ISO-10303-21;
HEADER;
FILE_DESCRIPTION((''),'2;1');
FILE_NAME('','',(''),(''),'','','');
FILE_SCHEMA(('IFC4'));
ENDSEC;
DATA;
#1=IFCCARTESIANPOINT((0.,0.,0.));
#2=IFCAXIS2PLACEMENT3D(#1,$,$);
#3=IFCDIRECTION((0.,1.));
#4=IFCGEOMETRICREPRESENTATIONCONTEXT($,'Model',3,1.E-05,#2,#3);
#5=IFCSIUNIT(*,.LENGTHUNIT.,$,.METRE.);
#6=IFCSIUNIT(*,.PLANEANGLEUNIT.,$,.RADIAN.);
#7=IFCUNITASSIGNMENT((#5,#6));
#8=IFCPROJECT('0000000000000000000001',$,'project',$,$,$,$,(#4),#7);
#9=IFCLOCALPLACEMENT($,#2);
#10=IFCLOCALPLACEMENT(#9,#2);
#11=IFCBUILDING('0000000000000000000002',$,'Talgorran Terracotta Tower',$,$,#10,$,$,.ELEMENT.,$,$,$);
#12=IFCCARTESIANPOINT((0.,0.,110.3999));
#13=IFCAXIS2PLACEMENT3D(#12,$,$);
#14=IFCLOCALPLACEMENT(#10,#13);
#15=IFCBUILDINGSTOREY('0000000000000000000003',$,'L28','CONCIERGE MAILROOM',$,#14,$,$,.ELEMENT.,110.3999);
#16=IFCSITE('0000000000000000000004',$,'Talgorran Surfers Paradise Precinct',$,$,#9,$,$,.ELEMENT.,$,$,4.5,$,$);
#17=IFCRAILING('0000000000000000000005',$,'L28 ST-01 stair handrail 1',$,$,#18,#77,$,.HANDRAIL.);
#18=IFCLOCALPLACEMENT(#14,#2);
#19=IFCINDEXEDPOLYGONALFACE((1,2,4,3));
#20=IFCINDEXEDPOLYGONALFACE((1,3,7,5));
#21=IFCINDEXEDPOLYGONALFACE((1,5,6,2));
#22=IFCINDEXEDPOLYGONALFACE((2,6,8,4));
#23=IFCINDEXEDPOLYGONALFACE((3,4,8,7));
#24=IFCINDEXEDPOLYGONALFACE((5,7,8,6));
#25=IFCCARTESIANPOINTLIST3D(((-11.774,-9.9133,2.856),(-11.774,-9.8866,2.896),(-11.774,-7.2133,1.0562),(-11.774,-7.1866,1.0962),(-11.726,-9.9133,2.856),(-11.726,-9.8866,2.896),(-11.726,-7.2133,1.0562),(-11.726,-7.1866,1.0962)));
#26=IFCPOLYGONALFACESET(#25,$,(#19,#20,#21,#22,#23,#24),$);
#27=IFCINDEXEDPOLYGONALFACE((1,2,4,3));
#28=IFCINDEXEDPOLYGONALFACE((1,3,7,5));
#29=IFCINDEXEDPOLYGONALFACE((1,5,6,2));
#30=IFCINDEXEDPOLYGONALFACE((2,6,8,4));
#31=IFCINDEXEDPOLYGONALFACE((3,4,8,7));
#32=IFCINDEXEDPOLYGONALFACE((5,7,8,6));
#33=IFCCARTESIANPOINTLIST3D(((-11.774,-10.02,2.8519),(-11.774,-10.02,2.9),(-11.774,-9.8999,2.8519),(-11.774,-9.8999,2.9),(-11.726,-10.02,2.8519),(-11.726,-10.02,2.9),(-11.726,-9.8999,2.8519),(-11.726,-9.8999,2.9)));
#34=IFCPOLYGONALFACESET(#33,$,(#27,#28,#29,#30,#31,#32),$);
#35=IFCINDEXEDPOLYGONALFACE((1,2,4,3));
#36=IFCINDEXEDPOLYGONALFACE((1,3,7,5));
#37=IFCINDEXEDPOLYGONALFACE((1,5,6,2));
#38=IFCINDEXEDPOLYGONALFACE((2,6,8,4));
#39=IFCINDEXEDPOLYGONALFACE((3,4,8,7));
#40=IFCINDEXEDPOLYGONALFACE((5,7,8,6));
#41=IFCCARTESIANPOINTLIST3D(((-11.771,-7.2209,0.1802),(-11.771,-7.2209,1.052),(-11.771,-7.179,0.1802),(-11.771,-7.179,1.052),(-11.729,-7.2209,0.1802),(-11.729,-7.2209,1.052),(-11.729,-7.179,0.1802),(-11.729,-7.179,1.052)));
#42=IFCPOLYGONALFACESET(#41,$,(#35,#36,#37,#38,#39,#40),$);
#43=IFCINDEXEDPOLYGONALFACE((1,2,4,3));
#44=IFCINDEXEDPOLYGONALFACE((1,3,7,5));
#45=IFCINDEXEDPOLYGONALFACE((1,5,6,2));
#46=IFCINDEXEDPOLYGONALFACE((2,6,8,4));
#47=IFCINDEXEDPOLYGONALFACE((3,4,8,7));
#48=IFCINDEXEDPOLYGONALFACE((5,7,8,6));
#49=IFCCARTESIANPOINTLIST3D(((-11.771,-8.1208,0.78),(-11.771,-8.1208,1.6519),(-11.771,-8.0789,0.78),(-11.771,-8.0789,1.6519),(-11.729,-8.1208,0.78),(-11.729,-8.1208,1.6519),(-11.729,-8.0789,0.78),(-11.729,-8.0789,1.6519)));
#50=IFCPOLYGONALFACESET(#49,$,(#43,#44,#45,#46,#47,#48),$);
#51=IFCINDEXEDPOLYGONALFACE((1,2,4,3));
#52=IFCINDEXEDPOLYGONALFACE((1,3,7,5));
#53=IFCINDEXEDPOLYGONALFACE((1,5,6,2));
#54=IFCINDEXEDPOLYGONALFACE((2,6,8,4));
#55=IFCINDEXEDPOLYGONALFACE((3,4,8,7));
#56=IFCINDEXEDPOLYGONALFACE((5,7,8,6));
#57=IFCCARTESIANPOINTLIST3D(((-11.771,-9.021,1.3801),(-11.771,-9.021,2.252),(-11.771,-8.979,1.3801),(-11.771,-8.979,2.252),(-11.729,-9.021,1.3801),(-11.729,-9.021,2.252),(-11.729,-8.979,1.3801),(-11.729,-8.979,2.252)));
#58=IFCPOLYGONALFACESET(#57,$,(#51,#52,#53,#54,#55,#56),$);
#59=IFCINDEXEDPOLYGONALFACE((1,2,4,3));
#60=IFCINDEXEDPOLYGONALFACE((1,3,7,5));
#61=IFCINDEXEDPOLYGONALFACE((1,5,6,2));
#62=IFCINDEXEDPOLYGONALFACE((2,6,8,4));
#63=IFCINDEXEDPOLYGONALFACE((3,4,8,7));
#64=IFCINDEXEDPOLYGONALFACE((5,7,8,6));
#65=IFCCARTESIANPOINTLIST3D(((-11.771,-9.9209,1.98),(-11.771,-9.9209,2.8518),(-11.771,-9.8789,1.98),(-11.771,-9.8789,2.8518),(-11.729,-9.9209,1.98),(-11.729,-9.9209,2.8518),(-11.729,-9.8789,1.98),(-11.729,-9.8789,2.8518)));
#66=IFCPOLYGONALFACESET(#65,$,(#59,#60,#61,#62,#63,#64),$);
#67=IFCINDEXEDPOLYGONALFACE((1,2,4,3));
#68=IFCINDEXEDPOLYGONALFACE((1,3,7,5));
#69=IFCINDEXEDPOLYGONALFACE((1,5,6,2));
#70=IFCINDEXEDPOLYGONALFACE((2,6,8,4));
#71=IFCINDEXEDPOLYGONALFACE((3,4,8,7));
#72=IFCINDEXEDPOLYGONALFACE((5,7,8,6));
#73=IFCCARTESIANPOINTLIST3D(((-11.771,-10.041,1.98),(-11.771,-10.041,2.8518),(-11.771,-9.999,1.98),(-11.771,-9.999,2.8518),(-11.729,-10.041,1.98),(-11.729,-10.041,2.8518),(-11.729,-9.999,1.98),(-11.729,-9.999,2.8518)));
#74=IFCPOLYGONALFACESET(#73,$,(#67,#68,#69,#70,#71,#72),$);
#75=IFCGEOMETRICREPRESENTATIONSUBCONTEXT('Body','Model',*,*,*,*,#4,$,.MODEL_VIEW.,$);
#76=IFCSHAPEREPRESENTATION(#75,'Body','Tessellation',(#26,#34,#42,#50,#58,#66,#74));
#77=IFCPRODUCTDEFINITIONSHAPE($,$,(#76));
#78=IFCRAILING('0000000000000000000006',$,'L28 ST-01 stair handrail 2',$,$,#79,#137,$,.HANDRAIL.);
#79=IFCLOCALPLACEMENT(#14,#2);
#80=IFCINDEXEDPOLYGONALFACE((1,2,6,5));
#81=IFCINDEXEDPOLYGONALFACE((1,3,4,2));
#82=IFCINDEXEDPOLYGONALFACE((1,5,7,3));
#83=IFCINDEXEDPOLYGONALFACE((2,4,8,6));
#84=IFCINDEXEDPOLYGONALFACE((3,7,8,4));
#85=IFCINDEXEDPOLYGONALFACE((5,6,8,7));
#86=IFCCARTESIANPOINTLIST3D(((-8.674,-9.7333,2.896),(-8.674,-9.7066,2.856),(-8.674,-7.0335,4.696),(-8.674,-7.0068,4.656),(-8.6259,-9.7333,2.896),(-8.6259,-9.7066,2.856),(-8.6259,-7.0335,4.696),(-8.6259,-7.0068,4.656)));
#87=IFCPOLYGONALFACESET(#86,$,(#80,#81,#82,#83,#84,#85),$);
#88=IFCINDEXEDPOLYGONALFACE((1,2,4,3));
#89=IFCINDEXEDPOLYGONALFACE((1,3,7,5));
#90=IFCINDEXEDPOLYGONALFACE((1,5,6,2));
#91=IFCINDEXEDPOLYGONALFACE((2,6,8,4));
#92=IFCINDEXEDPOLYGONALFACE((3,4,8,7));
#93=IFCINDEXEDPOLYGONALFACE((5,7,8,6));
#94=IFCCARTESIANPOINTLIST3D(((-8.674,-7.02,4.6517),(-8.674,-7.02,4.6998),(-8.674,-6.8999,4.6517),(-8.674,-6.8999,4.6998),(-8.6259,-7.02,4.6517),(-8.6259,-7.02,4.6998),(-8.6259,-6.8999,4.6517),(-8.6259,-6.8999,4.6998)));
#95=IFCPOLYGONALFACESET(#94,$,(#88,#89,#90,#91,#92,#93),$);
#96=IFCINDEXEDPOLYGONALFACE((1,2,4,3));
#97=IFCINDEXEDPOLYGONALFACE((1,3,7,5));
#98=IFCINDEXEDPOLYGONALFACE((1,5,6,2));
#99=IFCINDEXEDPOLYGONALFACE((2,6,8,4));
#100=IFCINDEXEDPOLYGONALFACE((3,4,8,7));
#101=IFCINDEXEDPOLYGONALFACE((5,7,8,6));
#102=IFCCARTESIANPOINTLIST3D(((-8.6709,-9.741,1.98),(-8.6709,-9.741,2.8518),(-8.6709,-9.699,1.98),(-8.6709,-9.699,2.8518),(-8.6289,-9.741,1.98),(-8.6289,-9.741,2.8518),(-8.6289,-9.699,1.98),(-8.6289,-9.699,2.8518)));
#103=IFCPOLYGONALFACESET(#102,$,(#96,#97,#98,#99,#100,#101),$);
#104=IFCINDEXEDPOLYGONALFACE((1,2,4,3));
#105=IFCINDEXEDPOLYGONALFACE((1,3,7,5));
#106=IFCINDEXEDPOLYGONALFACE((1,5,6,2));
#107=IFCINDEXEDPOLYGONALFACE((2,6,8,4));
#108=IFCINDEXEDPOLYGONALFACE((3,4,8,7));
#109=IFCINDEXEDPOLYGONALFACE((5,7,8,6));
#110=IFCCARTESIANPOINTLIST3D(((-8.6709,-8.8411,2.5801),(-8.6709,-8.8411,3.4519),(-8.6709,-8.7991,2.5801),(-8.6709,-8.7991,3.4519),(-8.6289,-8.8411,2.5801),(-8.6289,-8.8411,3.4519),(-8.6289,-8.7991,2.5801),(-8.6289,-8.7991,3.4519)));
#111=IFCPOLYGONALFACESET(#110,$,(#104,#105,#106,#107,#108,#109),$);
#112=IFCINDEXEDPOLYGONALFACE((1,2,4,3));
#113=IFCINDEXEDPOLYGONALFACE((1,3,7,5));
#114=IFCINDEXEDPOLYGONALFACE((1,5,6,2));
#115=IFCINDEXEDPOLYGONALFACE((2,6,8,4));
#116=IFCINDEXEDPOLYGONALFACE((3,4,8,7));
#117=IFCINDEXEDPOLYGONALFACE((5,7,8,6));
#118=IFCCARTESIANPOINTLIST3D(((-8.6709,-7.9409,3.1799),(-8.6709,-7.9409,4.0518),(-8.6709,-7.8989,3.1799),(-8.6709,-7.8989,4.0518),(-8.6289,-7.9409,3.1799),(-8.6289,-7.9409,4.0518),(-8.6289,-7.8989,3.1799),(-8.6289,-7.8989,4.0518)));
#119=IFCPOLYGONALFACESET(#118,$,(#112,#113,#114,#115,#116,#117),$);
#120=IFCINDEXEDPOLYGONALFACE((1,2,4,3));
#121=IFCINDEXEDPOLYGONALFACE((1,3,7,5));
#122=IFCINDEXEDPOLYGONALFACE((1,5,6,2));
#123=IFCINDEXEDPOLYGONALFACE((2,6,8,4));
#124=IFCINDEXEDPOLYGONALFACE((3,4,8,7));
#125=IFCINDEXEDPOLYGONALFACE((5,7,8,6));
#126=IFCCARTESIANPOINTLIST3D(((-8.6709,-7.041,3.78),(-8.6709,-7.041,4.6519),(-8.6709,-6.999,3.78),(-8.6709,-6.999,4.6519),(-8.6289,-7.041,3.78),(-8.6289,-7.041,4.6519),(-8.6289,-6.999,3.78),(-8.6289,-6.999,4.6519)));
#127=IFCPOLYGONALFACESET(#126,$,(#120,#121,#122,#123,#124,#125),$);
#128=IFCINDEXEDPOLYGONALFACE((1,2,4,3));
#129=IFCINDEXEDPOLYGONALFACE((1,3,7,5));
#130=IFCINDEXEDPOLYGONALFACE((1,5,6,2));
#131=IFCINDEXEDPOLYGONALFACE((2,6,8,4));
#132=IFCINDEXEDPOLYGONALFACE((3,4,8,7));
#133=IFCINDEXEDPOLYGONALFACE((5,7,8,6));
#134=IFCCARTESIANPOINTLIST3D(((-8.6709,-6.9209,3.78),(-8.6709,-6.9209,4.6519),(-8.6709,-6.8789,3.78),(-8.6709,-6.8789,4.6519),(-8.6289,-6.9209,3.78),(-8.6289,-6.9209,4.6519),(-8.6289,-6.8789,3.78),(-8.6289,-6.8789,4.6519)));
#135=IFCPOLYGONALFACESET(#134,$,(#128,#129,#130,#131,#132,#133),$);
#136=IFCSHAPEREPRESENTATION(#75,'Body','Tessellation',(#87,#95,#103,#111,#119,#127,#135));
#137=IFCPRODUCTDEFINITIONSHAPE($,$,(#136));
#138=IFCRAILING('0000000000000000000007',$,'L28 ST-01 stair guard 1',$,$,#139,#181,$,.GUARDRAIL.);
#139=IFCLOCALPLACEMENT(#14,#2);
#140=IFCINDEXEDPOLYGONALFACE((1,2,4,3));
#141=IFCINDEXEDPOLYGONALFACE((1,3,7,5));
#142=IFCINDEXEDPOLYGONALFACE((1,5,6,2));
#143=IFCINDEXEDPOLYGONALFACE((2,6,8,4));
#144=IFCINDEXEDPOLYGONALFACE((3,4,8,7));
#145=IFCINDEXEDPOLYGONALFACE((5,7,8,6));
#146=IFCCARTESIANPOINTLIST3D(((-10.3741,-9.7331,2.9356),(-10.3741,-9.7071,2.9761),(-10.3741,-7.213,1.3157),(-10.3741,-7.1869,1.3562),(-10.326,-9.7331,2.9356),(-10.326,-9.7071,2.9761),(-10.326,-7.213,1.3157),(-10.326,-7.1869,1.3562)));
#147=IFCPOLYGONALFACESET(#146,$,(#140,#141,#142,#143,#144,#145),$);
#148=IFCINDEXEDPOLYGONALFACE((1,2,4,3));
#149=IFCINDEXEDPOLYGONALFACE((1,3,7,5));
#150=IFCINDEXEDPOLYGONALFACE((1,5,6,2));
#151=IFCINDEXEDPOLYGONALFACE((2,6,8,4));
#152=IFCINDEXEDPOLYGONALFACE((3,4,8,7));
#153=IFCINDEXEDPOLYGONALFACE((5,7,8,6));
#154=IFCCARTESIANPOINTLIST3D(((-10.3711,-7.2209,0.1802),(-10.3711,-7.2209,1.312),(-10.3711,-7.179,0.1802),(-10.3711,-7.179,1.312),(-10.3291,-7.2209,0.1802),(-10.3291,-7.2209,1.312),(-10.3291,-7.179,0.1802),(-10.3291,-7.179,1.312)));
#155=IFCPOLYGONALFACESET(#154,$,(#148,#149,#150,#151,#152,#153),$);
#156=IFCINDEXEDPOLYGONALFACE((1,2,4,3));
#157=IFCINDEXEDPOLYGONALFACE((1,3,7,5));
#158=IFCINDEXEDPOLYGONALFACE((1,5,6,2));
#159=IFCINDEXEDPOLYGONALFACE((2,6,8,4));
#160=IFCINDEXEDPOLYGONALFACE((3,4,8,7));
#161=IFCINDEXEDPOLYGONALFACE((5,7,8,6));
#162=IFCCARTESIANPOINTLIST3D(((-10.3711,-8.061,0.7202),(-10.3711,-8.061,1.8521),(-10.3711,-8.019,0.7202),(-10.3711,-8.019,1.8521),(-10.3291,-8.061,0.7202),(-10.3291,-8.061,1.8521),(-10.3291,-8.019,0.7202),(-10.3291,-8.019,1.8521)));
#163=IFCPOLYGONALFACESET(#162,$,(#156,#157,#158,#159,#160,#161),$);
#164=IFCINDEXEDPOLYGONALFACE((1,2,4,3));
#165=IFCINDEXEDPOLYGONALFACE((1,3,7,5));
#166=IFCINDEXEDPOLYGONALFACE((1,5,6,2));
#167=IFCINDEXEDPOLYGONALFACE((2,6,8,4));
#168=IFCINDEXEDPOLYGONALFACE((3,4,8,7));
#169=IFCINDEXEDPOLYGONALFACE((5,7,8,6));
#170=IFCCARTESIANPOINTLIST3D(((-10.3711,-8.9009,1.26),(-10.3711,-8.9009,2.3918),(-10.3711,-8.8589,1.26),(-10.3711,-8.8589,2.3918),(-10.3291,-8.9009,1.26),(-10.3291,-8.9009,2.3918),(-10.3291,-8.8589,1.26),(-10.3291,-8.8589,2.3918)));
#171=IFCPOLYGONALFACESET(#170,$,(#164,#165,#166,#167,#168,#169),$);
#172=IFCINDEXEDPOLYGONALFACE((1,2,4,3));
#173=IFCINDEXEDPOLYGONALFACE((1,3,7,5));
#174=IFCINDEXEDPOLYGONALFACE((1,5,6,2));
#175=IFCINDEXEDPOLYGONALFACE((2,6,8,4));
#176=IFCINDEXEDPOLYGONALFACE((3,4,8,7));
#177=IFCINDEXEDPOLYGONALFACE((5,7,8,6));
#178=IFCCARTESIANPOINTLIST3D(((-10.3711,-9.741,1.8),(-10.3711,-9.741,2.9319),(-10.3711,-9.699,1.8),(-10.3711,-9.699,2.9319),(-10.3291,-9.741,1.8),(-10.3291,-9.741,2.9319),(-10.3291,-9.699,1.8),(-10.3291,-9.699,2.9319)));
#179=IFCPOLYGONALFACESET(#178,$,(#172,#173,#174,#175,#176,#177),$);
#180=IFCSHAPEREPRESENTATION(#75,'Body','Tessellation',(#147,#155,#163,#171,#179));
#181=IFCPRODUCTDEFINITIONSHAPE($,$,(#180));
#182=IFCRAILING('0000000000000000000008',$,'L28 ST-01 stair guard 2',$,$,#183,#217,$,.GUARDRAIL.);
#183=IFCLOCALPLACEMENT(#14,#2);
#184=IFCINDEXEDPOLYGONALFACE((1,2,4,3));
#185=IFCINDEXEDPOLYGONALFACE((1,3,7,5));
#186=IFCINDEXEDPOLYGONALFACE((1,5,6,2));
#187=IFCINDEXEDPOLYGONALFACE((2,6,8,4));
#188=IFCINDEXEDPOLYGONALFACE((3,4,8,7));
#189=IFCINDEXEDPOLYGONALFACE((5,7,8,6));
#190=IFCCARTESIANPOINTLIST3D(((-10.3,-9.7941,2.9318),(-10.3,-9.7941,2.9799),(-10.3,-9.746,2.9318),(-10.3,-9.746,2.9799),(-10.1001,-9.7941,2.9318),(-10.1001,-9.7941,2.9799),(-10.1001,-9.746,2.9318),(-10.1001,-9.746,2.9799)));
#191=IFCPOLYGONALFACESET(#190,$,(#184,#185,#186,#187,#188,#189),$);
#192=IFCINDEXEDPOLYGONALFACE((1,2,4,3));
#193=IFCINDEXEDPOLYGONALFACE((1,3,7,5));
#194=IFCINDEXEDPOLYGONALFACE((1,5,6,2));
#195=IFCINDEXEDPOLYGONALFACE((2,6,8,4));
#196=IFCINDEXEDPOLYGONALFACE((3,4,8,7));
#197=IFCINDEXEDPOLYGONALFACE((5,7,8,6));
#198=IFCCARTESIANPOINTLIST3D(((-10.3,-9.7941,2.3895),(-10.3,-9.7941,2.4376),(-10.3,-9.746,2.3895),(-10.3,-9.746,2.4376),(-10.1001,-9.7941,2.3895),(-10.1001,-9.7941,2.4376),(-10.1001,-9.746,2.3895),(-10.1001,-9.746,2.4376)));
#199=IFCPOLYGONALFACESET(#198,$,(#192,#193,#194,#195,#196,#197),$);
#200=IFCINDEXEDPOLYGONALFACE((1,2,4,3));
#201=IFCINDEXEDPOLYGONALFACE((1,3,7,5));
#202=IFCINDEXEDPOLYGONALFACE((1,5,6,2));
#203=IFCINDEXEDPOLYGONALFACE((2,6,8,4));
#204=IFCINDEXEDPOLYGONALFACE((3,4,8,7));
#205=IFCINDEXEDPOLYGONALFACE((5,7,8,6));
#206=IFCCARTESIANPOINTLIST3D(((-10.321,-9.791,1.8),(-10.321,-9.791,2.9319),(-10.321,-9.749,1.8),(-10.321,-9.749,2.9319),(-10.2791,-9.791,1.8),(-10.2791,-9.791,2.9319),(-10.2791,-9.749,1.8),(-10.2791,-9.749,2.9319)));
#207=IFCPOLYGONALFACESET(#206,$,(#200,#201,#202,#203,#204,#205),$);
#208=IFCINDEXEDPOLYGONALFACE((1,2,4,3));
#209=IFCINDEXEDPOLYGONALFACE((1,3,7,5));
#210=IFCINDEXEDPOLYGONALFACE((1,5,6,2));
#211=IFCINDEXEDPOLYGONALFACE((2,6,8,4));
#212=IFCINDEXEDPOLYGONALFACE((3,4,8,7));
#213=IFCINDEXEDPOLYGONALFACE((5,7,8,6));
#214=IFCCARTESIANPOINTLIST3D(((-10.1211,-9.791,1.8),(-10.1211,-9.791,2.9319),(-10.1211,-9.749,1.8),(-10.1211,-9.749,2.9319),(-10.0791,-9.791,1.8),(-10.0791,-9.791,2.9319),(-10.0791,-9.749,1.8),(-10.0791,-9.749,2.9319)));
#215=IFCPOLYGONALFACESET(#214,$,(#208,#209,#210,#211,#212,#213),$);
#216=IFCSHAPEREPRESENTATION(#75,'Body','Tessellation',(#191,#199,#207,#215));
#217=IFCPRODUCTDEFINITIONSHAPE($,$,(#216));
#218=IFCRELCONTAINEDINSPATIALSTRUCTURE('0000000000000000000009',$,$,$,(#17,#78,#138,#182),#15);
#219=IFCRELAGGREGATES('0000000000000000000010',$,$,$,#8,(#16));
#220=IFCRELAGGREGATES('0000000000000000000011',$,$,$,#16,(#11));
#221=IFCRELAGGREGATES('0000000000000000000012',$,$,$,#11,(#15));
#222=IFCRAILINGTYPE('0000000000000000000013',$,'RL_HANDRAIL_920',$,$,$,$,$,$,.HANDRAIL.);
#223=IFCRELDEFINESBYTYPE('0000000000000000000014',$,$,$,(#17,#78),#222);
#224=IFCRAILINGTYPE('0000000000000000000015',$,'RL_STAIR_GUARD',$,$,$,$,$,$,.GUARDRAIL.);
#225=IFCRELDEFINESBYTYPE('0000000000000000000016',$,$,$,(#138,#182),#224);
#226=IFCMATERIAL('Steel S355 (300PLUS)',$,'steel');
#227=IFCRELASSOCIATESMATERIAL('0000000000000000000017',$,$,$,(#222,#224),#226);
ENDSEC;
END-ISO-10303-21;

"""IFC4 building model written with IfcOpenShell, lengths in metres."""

from ifc_helpers import new_model, si_unit, direction, frame, origin, origin_2d, place, context, subcontext, project, spatial, rectangle, extrude, material, type_object, element, save


model = new_model("IFC4")

# Units and contexts
model_context = context("Model", 3, precision=1e-05, world=origin(), true_north=direction((0.0, 1.0)))
body_context = subcontext(model_context, "Body", "Model", "MODEL_VIEW")
ifc_project = project(units=[si_unit("LENGTHUNIT", "METRE"), si_unit("PLANEANGLEUNIT", "RADIAN")], contexts=[model_context])

# Site, building, storey
site_placement = place(None, origin())
site = spatial("IfcSite", under=ifc_project, at=site_placement, Name="Talgorran Surfers Paradise Precinct", CompositionType="ELEMENT", RefElevation=4.5)
building_placement = place(site_placement, origin())
building = spatial("IfcBuilding", under=site, at=building_placement, Name="Talgorran Terracotta Tower", CompositionType="ELEMENT")
storey_placement = place(building_placement, frame((0.0, 0.0, 110.3999)))
storey = spatial("IfcBuildingStorey", under=building, at=storey_placement, Name="L28", Description="CONCIERGE MAILROOM", CompositionType="ELEMENT", Elevation=110.3999)

# Railings
ifc_material_1 = material(Name="Steel S355 (300PLUS)", Category="steel")
railing_type_1 = type_object("IfcRailingType", Name="RL_HANDRAIL_920", PredefinedType="HANDRAIL", material=ifc_material_1)
railing_1_placement = place(storey_placement, frame((-11.75, -7.2, 0.1802)))
element("IfcRailing", 1, at=railing_1_placement, inside=storey, type_object=railing_type_1, Name="L28 ST-01 stair handrail 1", PredefinedType="HANDRAIL", context=body_context, shape_type="SweptSolid", body=[
    extrude(rectangle(XDim=0.0481, YDim=0.0481, at=origin_2d()), frame((0.0, 0.0, 0.896), z_axis=(0.0, -0.832073, 0.554665), x_axis=(1.0, 0.0, 0.0)), (0.0, 0.0, 1.0), 3.2449),
    extrude(rectangle(XDim=0.0481, YDim=0.0481, at=origin_2d()), frame((0.0, -2.7, 2.6958), z_axis=(0.0, -1.0, 0.0), x_axis=(1.0, 0.0, 0.0)), (0.0, 0.0, 1.0), 0.1201),
    extrude(rectangle(XDim=0.042, YDim=0.042, at=origin_2d()), origin(), (0.0, 0.0, 1.0), 0.8718),
    extrude(rectangle(XDim=0.042, YDim=0.042, at=origin_2d()), frame((0.0, -0.8999, 0.5999)), (0.0, 0.0, 1.0), 0.8718),
    extrude(rectangle(XDim=0.042, YDim=0.042, at=origin_2d()), frame((0.0, -1.8, 1.2)), (0.0, 0.0, 1.0), 0.8718),
    extrude(rectangle(XDim=0.042, YDim=0.042, at=origin_2d()), frame((0.0, -2.7, 1.7998)), (0.0, 0.0, 1.0), 0.8718),
    extrude(rectangle(XDim=0.042, YDim=0.042, at=origin_2d()), frame((0.0, -2.8201, 1.7998)), (0.0, 0.0, 1.0), 0.8718),
])
railing_2_placement = place(storey_placement, frame((-8.6499, -9.72, 1.98)))
element("IfcRailing", 2, at=railing_2_placement, inside=storey, type_object=railing_type_1, Name="L28 ST-01 stair handrail 2", PredefinedType="HANDRAIL", context=body_context, shape_type="SweptSolid", body=[
    extrude(rectangle(XDim=0.0481, YDim=0.0481, at=origin_2d()), frame((0.0, 0.0, 0.896), z_axis=(0.0, 0.832039, 0.554718), x_axis=(-1.0, 0.0, 0.0)), (0.0, 0.0, 1.0), 3.2449),
    extrude(rectangle(XDim=0.0481, YDim=0.0481, at=origin_2d()), frame((0.0, 2.7, 2.6958), z_axis=(0.0, 1.0, 0.0), x_axis=(-1.0, 0.0, 0.0)), (0.0, 0.0, 1.0), 0.1201),
    extrude(rectangle(XDim=0.042, YDim=0.042, at=origin_2d()), origin(), (0.0, 0.0, 1.0), 0.8718),
    extrude(rectangle(XDim=0.042, YDim=0.042, at=origin_2d()), frame((0.0, 0.8999, 0.6001)), (0.0, 0.0, 1.0), 0.8718),
    extrude(rectangle(XDim=0.042, YDim=0.042, at=origin_2d()), frame((0.0, 1.8, 1.2)), (0.0, 0.0, 1.0), 0.8718),
    extrude(rectangle(XDim=0.042, YDim=0.042, at=origin_2d()), frame((0.0, 2.7, 1.8)), (0.0, 0.0, 1.0), 0.8718),
    extrude(rectangle(XDim=0.042, YDim=0.042, at=origin_2d()), frame((0.0, 2.8201, 1.8)), (0.0, 0.0, 1.0), 0.8718),
])
railing_type_2 = type_object("IfcRailingType", Name="RL_STAIR_GUARD", PredefinedType="GUARDRAIL", material=ifc_material_1)
railing_3_placement = place(storey_placement, frame((-10.3501, -7.2, 0.1802)))
element("IfcRailing", 3, at=railing_3_placement, inside=storey, type_object=railing_type_2, Name="L28 ST-01 stair guard 1", PredefinedType="GUARDRAIL", context=body_context, shape_type="SweptSolid", body=[
    extrude(rectangle(XDim=0.0481, YDim=0.0481, at=origin_2d()), frame((0.0, 0.0, 1.1558), z_axis=(0.0, -0.8412, 0.540725), x_axis=(1.0, 0.0, 0.0)), (0.0, 0.0, 1.0), 2.9958),
    extrude(rectangle(XDim=0.042, YDim=0.042, at=origin_2d()), origin(), (0.0, 0.0, 1.0), 1.1318),
    extrude(rectangle(XDim=0.042, YDim=0.042, at=origin_2d()), frame((0.0, -0.8401, 0.54)), (0.0, 0.0, 1.0), 1.1318),
    extrude(rectangle(XDim=0.042, YDim=0.042, at=origin_2d()), frame((0.0, -1.6799, 1.0798)), (0.0, 0.0, 1.0), 1.1318),
    extrude(rectangle(XDim=0.042, YDim=0.042, at=origin_2d()), frame((0.0, -2.52, 1.6199)), (0.0, 0.0, 1.0), 1.1318),
])
railing_4_placement = place(storey_placement, frame((-10.3, -9.77, 1.8)))
element("IfcRailing", 4, at=railing_4_placement, inside=storey, type_object=railing_type_2, Name="L28 ST-01 stair guard 2", PredefinedType="GUARDRAIL", context=body_context, shape_type="SweptSolid", body=[
    extrude(rectangle(XDim=0.0481, YDim=0.0481, at=origin_2d()), frame((0.0, 0.0, 1.1558), z_axis=(1.0, 0.0, 0.0), x_axis=(0.0, 1.0, 0.0)), (0.0, 0.0, 1.0), 0.2),
    extrude(rectangle(XDim=0.0481, YDim=0.0481, at=origin_2d()), frame((0.0, 0.0, 0.6135), z_axis=(1.0, 0.0, 0.0), x_axis=(0.0, 1.0, 0.0)), (0.0, 0.0, 1.0), 0.2),
    extrude(rectangle(XDim=0.042, YDim=0.042, at=origin_2d()), origin(), (0.0, 0.0, 1.0), 1.1318),
    extrude(rectangle(XDim=0.042, YDim=0.042, at=origin_2d()), frame((0.2, 0.0, 0.0)), (0.0, 0.0, 1.0), 1.1318),
])

save(model, "model.ifc")
